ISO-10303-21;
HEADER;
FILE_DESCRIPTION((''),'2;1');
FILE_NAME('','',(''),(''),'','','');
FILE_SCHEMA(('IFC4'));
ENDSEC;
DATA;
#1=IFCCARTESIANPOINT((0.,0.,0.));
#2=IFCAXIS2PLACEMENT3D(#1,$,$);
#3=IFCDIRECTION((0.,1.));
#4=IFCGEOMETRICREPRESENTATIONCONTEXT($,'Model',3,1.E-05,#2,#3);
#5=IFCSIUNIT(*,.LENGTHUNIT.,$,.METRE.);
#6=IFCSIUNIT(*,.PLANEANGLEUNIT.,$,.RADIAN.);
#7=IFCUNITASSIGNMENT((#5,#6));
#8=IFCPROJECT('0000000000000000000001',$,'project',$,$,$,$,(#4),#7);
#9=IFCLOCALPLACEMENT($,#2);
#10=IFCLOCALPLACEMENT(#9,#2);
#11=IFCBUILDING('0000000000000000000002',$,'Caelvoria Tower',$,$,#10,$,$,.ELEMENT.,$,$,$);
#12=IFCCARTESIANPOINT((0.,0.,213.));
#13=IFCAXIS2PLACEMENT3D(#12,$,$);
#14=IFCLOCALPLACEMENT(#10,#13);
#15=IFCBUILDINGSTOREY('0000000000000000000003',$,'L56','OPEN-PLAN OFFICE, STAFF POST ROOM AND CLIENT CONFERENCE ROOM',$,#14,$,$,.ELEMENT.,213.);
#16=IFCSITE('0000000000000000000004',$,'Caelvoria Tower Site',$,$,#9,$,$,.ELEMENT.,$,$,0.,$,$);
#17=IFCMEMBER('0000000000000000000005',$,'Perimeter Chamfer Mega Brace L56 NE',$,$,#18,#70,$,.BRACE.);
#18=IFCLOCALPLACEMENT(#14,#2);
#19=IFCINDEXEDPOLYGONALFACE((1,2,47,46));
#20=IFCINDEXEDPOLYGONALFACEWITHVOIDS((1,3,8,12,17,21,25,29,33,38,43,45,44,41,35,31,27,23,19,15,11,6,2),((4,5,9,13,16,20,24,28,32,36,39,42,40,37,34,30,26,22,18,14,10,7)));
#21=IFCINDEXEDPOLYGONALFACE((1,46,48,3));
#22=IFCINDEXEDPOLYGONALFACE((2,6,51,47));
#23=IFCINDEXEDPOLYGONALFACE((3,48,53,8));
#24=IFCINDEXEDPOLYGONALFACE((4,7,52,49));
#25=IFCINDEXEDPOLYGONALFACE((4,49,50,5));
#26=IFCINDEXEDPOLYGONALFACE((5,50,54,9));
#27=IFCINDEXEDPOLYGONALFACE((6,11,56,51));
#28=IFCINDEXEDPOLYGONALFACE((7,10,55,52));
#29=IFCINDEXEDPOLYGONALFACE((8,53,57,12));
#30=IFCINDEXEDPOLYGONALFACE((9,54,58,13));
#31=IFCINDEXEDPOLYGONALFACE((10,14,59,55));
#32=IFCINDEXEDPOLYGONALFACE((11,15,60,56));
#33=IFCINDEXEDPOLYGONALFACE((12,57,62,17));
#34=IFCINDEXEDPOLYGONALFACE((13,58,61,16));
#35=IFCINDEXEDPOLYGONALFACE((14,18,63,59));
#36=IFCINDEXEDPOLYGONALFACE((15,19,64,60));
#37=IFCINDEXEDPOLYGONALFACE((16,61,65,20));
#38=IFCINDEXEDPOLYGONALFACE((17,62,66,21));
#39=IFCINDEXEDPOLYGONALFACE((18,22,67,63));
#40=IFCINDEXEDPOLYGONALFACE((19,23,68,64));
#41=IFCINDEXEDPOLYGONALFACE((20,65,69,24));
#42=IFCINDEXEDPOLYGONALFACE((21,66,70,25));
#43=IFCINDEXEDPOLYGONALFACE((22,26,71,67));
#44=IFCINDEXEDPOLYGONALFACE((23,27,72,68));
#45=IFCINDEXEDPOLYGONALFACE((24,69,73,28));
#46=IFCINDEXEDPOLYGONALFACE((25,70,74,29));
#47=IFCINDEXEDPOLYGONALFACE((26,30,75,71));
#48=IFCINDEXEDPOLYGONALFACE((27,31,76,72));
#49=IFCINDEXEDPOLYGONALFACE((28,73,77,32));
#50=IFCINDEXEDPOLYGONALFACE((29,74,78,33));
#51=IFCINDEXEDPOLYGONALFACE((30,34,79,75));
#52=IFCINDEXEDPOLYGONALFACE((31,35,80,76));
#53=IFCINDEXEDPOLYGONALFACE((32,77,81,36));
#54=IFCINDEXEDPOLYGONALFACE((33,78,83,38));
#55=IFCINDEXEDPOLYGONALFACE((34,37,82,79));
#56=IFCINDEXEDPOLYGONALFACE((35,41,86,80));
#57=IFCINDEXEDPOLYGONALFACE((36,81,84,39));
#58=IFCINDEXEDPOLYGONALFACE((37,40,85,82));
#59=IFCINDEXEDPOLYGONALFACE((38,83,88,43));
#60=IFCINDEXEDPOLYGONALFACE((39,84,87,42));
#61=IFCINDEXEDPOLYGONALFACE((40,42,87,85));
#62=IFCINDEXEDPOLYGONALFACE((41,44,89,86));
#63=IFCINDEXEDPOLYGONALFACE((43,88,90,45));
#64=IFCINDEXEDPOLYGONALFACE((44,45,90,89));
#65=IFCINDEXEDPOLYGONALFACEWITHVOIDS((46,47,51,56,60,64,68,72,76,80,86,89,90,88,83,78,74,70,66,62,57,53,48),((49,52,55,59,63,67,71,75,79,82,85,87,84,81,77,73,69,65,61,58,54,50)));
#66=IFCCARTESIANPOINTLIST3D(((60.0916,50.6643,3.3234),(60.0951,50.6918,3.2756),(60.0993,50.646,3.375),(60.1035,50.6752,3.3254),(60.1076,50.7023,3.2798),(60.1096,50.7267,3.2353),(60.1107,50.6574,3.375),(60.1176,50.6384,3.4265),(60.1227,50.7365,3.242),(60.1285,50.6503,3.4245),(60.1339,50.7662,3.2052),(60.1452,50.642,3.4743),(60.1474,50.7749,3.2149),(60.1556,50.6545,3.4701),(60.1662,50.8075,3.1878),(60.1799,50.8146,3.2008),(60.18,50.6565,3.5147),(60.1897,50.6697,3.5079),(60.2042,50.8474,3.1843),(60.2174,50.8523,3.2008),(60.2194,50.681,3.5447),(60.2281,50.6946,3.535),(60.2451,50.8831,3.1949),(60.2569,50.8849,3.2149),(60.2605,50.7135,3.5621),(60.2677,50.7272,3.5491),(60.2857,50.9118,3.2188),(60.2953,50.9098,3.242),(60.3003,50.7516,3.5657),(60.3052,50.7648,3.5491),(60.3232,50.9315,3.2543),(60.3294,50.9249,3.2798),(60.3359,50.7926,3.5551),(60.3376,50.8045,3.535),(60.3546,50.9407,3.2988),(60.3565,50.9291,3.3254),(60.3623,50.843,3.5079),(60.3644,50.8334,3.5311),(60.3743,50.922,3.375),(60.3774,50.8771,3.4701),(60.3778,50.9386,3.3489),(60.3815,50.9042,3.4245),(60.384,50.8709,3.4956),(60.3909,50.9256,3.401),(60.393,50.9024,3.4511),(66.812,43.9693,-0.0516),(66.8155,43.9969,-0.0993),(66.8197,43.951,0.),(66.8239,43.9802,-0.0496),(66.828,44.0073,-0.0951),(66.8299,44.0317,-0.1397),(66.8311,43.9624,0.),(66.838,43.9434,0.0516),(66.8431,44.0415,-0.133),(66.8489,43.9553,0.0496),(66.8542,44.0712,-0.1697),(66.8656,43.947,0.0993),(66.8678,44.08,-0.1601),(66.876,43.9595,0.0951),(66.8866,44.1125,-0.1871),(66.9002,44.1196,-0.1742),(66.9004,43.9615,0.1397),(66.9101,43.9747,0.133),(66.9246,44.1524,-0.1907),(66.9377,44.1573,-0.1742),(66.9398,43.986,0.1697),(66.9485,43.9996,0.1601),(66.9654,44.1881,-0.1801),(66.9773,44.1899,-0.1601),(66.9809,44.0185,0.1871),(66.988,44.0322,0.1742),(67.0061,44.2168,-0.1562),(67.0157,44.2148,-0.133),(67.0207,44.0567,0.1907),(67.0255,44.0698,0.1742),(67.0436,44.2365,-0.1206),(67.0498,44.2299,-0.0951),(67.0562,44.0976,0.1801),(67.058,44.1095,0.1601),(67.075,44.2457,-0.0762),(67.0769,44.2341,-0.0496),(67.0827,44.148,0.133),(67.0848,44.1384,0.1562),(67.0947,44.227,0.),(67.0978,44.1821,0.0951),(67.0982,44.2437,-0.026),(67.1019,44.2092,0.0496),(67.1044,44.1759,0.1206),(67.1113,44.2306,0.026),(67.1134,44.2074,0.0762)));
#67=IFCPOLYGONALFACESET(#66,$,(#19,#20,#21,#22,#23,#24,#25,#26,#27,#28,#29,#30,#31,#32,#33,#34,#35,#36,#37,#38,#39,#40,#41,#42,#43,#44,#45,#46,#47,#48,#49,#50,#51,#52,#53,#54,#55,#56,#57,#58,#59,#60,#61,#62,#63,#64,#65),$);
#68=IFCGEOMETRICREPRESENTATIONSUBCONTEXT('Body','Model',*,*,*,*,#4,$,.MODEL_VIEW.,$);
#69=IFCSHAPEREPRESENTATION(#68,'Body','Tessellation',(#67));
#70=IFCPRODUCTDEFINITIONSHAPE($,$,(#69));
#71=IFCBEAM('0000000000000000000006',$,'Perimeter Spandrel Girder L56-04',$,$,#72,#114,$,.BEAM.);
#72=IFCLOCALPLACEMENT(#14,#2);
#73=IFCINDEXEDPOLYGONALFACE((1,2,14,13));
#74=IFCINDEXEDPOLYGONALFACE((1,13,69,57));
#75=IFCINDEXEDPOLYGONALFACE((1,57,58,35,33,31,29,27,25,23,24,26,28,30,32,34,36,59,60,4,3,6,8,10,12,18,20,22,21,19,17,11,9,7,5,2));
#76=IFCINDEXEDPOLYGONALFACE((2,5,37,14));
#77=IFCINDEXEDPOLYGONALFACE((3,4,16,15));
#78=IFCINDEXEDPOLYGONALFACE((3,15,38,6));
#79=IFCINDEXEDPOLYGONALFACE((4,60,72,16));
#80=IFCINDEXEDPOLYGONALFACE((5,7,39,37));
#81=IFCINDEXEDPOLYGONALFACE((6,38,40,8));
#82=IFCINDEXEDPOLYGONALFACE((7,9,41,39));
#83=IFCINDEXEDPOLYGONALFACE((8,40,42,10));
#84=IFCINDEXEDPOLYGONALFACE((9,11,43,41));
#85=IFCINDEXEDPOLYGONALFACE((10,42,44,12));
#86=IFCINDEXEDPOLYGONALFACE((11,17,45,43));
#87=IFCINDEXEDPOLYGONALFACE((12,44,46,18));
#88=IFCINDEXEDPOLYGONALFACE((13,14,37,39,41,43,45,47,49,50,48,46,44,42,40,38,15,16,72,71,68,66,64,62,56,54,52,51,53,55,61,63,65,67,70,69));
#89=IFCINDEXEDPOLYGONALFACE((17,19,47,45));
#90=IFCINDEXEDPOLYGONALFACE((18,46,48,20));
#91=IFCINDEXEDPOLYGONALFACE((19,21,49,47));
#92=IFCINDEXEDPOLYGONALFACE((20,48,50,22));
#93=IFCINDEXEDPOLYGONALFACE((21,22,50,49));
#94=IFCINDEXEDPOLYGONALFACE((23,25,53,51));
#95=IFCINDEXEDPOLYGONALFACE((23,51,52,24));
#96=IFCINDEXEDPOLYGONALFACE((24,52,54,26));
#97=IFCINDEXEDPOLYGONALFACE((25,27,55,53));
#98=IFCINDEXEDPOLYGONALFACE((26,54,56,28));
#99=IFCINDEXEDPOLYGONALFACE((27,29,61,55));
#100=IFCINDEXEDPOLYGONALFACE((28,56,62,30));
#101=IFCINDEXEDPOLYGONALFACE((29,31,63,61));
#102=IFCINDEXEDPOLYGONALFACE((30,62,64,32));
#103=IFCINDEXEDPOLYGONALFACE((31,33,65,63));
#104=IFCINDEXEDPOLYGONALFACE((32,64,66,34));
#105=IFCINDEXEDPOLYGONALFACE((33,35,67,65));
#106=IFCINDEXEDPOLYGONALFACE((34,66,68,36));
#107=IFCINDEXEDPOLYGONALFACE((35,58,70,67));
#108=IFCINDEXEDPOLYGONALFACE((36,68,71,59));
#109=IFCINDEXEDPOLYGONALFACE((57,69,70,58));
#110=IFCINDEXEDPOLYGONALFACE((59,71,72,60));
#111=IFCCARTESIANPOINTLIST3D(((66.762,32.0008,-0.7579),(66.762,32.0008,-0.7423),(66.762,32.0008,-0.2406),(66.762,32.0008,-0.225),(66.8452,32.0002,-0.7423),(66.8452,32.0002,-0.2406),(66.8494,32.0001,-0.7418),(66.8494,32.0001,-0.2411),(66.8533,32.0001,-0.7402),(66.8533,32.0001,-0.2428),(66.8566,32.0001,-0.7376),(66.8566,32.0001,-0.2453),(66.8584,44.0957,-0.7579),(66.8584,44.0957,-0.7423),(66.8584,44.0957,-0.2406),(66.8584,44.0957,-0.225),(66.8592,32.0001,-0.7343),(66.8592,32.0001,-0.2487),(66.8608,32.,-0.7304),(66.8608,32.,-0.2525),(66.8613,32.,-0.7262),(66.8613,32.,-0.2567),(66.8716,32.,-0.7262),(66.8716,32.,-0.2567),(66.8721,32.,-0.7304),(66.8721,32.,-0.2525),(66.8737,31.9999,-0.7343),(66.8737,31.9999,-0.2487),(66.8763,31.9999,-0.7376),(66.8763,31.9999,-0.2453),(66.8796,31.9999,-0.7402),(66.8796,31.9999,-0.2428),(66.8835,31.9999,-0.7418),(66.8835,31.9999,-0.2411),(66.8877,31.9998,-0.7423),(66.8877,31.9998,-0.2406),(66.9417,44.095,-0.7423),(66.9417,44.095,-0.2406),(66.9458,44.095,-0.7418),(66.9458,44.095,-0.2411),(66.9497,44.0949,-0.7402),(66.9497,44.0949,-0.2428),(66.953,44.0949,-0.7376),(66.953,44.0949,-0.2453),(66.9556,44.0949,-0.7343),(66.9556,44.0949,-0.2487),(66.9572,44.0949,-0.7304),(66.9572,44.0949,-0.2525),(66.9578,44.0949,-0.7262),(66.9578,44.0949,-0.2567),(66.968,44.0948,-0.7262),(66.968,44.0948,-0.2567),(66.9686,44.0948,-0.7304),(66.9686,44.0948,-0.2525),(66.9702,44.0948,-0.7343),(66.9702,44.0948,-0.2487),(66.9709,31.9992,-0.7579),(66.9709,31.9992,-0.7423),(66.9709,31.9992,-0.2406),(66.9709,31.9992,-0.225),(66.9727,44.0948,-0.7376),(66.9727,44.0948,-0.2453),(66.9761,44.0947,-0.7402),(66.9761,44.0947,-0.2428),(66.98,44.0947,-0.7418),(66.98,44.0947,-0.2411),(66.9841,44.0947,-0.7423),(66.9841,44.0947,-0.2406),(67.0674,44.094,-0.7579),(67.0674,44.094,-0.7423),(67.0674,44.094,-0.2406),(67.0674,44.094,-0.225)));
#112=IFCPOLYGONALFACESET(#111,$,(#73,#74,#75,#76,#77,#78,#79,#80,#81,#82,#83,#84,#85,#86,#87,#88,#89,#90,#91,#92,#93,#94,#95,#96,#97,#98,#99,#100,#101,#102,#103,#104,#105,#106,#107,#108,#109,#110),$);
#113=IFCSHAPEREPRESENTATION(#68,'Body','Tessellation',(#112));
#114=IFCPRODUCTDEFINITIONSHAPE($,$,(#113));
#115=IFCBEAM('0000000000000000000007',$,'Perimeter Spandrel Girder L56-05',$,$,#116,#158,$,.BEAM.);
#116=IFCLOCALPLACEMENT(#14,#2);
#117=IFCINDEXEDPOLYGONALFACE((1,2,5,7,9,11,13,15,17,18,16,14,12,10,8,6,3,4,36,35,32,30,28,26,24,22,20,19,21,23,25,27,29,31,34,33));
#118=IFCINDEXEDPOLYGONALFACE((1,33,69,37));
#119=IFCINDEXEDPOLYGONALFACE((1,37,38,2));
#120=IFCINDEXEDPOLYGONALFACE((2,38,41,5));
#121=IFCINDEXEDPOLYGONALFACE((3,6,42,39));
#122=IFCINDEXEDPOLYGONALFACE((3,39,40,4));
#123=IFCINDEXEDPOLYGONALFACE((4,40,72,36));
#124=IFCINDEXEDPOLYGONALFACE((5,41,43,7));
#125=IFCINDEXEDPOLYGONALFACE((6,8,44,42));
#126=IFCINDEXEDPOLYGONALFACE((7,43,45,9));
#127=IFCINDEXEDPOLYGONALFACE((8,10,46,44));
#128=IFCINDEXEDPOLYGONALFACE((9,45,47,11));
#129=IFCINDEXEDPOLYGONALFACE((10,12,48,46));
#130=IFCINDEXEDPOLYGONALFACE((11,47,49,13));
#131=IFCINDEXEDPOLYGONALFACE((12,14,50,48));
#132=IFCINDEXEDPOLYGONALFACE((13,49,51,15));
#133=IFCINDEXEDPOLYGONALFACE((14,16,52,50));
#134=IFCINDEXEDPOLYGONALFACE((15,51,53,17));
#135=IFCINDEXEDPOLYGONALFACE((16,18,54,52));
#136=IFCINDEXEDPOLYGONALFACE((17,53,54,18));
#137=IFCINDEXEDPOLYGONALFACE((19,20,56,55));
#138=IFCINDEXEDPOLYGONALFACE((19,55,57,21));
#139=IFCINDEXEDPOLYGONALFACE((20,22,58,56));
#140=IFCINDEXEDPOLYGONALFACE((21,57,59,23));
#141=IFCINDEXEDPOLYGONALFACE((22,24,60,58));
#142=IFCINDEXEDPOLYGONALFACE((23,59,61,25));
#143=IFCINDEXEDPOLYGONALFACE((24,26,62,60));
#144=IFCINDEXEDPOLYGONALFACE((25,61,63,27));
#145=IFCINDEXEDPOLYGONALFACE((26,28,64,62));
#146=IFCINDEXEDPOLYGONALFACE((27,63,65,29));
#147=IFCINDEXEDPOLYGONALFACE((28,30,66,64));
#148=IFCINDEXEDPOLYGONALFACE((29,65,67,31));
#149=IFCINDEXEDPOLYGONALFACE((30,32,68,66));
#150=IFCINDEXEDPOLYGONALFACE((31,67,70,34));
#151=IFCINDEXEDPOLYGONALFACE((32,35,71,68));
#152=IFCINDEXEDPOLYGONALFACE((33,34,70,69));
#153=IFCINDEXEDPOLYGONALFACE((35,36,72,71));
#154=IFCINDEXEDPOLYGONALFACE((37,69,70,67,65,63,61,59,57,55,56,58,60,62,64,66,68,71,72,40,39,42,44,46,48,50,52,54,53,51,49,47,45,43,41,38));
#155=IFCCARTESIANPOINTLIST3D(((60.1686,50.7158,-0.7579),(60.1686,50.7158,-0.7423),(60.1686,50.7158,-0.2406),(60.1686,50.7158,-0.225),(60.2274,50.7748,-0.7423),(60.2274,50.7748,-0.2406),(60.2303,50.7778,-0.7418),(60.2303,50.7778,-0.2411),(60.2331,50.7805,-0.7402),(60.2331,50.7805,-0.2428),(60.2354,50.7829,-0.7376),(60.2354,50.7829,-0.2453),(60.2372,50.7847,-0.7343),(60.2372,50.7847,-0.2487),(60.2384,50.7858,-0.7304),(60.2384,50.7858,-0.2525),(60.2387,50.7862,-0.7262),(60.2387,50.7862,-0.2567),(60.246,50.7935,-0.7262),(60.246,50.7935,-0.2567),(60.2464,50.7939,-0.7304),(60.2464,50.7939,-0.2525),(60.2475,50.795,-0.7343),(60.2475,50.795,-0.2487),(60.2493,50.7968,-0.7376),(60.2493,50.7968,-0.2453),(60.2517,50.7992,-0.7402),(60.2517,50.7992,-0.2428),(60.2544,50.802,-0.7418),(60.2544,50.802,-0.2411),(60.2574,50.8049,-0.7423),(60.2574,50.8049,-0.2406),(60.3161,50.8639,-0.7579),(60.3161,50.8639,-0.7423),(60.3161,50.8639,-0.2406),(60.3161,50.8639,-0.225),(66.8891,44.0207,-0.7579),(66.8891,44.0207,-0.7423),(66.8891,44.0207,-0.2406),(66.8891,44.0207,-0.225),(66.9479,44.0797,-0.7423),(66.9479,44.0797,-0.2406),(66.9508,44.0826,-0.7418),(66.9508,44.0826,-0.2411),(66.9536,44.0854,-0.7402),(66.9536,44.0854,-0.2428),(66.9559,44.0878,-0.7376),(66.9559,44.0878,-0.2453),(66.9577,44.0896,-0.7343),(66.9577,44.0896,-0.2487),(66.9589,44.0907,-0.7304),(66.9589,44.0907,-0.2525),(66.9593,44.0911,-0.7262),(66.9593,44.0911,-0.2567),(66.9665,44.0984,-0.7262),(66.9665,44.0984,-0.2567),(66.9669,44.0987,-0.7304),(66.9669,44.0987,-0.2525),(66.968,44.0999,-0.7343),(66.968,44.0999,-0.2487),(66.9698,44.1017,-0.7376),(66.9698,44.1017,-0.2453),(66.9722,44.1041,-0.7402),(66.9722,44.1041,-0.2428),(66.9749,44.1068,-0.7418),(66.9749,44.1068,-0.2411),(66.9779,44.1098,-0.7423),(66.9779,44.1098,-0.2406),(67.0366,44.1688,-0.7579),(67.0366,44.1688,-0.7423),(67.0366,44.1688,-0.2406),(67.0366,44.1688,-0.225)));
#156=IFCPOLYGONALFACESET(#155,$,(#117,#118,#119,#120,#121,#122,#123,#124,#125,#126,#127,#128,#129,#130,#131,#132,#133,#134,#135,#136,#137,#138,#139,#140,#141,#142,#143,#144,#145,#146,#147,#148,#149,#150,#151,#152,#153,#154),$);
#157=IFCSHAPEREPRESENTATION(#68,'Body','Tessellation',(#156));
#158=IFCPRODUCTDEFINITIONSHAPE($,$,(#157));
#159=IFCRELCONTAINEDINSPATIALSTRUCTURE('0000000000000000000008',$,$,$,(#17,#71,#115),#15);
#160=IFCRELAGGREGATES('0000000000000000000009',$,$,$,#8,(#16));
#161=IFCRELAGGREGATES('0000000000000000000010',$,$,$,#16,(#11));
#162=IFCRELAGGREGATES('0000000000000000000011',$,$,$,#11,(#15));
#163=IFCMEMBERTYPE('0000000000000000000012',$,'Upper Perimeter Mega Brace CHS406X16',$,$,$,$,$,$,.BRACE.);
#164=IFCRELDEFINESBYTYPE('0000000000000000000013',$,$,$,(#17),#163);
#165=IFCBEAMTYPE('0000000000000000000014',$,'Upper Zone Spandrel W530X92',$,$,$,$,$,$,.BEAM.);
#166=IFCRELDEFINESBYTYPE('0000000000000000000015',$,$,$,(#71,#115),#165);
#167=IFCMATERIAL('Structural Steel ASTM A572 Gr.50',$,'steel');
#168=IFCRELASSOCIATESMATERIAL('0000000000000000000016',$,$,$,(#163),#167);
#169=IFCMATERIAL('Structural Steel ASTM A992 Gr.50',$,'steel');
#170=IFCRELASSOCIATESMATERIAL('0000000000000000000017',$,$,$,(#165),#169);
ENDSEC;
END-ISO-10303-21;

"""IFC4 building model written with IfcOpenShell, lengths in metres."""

from ifc_helpers import new_model, si_unit, direction, frame, origin, origin_2d, place, context, subcontext, project, spatial, hollow_circle, i_section, extrude, material, material_profile, profile_set, type_object, element, save


model = new_model("IFC4")

# Units and contexts
model_context = context("Model", 3, precision=1e-05, world=origin(), true_north=direction((0.0, 1.0)))
body_context = subcontext(model_context, "Body", "Model", "MODEL_VIEW")
ifc_project = project(units=[si_unit("LENGTHUNIT", "METRE"), si_unit("PLANEANGLEUNIT", "RADIAN")], contexts=[model_context])

# Site, building, storey
site_placement = place(None, origin())
site = spatial("IfcSite", under=ifc_project, at=site_placement, Name="Caelvoria Tower Site", CompositionType="ELEMENT", RefElevation=0.0)
building_placement = place(site_placement, origin())
building = spatial("IfcBuilding", under=site, at=building_placement, Name="Caelvoria Tower", CompositionType="ELEMENT")
storey_placement = place(building_placement, frame((0.0, 0.0, 213.0)))
storey = spatial("IfcBuildingStorey", under=building, at=storey_placement, Name="L56", Description="OPEN-PLAN OFFICE, STAFF POST ROOM AND CLIENT CONFERENCE ROOM", CompositionType="ELEMENT", Elevation=213.0)

# Shared definitions
ifc_material_1 = material(Name="Structural Steel ASTM A572 Gr.50", Category="steel")

# Shared definitions
ifc_material_2 = material(Name="Structural Steel ASTM A992 Gr.50", Category="steel")

# Member
ifc_material_profile_1 = material_profile(ifc_material_1, hollow_circle(Radius=0.2029, WallThickness=0.0161, at=origin_2d()), Name="Structural Steel ASTM A572 Gr.50")
ifc_profile_set_1 = profile_set([ifc_material_profile_1], Name="CHS406X16 - Structural Steel ASTM A572 Gr.50")
member_type = type_object("IfcMemberType", Name="Upper Perimeter Mega Brace CHS406X16", PredefinedType="BRACE", material=ifc_profile_set_1)
member_placement = place(storey_placement, frame((66.9629, 44.0947, 0.0), z_axis=(-0.667459, 0.664937, 0.335197), x_axis=(-0.705767, -0.708444, 0.0)))
element("IfcMember", 1, at=member_placement, inside=storey, type_object=member_type, Name="Perimeter Chamfer Mega Brace L56 NE", PredefinedType="BRACE", context=body_context, shape_type="SweptSolid", body=[
    extrude(hollow_circle(Radius=0.2029, WallThickness=0.0161, at=origin_2d()), origin(), (0.0, 0.0, 1.0), 10.0686),
])

# Beams
ifc_material_profile_2 = material_profile(ifc_material_2, i_section(OverallWidth=0.209, OverallDepth=0.533, WebThickness=0.0103, FlangeThickness=0.0156, FilletRadius=0.0161, at=origin_2d()), Name="Structural Steel ASTM A992 Gr.50")
ifc_profile_set_2 = profile_set([ifc_material_profile_2], Name="W530X92 - Structural Steel ASTM A992 Gr.50")
beam_type_1 = type_object("IfcBeamType", Name="Upper Zone Spandrel W530X92", PredefinedType="BEAM", material=ifc_profile_set_2)
beam_1_placement = place(storey_placement, frame((66.8665, 32.0, -0.4915), z_axis=(0.007973, 0.999968, 0.0), x_axis=(-0.999968, 0.007973, 0.0)))
element("IfcBeam", 2, at=beam_1_placement, inside=storey, type_object=beam_type_1, Name="Perimeter Spandrel Girder L56-04", PredefinedType="BEAM", context=body_context, shape_type="SweptSolid", body=[
    extrude(i_section(OverallWidth=0.209, OverallDepth=0.533, WebThickness=0.0103, FlangeThickness=0.0156, FilletRadius=0.0161, at=origin_2d()), origin(), (0.0, 0.0, 1.0), 12.0952),
])
beam_2_placement = place(storey_placement, frame((66.9629, 44.0947, -0.4915), z_axis=(-0.708444, 0.705767, 0.0), x_axis=(-0.705767, -0.708444, 0.0)))
element("IfcBeam", 3, at=beam_2_placement, inside=storey, type_object=beam_type_1, Name="Perimeter Spandrel Girder L56-05", PredefinedType="BEAM", context=body_context, shape_type="SweptSolid", body=[
    extrude(i_section(OverallWidth=0.209, OverallDepth=0.533, WebThickness=0.0103, FlangeThickness=0.0156, FilletRadius=0.0161, at=origin_2d()), origin(), (0.0, 0.0, 1.0), 9.4863),
])

save(model, "model.ifc")
